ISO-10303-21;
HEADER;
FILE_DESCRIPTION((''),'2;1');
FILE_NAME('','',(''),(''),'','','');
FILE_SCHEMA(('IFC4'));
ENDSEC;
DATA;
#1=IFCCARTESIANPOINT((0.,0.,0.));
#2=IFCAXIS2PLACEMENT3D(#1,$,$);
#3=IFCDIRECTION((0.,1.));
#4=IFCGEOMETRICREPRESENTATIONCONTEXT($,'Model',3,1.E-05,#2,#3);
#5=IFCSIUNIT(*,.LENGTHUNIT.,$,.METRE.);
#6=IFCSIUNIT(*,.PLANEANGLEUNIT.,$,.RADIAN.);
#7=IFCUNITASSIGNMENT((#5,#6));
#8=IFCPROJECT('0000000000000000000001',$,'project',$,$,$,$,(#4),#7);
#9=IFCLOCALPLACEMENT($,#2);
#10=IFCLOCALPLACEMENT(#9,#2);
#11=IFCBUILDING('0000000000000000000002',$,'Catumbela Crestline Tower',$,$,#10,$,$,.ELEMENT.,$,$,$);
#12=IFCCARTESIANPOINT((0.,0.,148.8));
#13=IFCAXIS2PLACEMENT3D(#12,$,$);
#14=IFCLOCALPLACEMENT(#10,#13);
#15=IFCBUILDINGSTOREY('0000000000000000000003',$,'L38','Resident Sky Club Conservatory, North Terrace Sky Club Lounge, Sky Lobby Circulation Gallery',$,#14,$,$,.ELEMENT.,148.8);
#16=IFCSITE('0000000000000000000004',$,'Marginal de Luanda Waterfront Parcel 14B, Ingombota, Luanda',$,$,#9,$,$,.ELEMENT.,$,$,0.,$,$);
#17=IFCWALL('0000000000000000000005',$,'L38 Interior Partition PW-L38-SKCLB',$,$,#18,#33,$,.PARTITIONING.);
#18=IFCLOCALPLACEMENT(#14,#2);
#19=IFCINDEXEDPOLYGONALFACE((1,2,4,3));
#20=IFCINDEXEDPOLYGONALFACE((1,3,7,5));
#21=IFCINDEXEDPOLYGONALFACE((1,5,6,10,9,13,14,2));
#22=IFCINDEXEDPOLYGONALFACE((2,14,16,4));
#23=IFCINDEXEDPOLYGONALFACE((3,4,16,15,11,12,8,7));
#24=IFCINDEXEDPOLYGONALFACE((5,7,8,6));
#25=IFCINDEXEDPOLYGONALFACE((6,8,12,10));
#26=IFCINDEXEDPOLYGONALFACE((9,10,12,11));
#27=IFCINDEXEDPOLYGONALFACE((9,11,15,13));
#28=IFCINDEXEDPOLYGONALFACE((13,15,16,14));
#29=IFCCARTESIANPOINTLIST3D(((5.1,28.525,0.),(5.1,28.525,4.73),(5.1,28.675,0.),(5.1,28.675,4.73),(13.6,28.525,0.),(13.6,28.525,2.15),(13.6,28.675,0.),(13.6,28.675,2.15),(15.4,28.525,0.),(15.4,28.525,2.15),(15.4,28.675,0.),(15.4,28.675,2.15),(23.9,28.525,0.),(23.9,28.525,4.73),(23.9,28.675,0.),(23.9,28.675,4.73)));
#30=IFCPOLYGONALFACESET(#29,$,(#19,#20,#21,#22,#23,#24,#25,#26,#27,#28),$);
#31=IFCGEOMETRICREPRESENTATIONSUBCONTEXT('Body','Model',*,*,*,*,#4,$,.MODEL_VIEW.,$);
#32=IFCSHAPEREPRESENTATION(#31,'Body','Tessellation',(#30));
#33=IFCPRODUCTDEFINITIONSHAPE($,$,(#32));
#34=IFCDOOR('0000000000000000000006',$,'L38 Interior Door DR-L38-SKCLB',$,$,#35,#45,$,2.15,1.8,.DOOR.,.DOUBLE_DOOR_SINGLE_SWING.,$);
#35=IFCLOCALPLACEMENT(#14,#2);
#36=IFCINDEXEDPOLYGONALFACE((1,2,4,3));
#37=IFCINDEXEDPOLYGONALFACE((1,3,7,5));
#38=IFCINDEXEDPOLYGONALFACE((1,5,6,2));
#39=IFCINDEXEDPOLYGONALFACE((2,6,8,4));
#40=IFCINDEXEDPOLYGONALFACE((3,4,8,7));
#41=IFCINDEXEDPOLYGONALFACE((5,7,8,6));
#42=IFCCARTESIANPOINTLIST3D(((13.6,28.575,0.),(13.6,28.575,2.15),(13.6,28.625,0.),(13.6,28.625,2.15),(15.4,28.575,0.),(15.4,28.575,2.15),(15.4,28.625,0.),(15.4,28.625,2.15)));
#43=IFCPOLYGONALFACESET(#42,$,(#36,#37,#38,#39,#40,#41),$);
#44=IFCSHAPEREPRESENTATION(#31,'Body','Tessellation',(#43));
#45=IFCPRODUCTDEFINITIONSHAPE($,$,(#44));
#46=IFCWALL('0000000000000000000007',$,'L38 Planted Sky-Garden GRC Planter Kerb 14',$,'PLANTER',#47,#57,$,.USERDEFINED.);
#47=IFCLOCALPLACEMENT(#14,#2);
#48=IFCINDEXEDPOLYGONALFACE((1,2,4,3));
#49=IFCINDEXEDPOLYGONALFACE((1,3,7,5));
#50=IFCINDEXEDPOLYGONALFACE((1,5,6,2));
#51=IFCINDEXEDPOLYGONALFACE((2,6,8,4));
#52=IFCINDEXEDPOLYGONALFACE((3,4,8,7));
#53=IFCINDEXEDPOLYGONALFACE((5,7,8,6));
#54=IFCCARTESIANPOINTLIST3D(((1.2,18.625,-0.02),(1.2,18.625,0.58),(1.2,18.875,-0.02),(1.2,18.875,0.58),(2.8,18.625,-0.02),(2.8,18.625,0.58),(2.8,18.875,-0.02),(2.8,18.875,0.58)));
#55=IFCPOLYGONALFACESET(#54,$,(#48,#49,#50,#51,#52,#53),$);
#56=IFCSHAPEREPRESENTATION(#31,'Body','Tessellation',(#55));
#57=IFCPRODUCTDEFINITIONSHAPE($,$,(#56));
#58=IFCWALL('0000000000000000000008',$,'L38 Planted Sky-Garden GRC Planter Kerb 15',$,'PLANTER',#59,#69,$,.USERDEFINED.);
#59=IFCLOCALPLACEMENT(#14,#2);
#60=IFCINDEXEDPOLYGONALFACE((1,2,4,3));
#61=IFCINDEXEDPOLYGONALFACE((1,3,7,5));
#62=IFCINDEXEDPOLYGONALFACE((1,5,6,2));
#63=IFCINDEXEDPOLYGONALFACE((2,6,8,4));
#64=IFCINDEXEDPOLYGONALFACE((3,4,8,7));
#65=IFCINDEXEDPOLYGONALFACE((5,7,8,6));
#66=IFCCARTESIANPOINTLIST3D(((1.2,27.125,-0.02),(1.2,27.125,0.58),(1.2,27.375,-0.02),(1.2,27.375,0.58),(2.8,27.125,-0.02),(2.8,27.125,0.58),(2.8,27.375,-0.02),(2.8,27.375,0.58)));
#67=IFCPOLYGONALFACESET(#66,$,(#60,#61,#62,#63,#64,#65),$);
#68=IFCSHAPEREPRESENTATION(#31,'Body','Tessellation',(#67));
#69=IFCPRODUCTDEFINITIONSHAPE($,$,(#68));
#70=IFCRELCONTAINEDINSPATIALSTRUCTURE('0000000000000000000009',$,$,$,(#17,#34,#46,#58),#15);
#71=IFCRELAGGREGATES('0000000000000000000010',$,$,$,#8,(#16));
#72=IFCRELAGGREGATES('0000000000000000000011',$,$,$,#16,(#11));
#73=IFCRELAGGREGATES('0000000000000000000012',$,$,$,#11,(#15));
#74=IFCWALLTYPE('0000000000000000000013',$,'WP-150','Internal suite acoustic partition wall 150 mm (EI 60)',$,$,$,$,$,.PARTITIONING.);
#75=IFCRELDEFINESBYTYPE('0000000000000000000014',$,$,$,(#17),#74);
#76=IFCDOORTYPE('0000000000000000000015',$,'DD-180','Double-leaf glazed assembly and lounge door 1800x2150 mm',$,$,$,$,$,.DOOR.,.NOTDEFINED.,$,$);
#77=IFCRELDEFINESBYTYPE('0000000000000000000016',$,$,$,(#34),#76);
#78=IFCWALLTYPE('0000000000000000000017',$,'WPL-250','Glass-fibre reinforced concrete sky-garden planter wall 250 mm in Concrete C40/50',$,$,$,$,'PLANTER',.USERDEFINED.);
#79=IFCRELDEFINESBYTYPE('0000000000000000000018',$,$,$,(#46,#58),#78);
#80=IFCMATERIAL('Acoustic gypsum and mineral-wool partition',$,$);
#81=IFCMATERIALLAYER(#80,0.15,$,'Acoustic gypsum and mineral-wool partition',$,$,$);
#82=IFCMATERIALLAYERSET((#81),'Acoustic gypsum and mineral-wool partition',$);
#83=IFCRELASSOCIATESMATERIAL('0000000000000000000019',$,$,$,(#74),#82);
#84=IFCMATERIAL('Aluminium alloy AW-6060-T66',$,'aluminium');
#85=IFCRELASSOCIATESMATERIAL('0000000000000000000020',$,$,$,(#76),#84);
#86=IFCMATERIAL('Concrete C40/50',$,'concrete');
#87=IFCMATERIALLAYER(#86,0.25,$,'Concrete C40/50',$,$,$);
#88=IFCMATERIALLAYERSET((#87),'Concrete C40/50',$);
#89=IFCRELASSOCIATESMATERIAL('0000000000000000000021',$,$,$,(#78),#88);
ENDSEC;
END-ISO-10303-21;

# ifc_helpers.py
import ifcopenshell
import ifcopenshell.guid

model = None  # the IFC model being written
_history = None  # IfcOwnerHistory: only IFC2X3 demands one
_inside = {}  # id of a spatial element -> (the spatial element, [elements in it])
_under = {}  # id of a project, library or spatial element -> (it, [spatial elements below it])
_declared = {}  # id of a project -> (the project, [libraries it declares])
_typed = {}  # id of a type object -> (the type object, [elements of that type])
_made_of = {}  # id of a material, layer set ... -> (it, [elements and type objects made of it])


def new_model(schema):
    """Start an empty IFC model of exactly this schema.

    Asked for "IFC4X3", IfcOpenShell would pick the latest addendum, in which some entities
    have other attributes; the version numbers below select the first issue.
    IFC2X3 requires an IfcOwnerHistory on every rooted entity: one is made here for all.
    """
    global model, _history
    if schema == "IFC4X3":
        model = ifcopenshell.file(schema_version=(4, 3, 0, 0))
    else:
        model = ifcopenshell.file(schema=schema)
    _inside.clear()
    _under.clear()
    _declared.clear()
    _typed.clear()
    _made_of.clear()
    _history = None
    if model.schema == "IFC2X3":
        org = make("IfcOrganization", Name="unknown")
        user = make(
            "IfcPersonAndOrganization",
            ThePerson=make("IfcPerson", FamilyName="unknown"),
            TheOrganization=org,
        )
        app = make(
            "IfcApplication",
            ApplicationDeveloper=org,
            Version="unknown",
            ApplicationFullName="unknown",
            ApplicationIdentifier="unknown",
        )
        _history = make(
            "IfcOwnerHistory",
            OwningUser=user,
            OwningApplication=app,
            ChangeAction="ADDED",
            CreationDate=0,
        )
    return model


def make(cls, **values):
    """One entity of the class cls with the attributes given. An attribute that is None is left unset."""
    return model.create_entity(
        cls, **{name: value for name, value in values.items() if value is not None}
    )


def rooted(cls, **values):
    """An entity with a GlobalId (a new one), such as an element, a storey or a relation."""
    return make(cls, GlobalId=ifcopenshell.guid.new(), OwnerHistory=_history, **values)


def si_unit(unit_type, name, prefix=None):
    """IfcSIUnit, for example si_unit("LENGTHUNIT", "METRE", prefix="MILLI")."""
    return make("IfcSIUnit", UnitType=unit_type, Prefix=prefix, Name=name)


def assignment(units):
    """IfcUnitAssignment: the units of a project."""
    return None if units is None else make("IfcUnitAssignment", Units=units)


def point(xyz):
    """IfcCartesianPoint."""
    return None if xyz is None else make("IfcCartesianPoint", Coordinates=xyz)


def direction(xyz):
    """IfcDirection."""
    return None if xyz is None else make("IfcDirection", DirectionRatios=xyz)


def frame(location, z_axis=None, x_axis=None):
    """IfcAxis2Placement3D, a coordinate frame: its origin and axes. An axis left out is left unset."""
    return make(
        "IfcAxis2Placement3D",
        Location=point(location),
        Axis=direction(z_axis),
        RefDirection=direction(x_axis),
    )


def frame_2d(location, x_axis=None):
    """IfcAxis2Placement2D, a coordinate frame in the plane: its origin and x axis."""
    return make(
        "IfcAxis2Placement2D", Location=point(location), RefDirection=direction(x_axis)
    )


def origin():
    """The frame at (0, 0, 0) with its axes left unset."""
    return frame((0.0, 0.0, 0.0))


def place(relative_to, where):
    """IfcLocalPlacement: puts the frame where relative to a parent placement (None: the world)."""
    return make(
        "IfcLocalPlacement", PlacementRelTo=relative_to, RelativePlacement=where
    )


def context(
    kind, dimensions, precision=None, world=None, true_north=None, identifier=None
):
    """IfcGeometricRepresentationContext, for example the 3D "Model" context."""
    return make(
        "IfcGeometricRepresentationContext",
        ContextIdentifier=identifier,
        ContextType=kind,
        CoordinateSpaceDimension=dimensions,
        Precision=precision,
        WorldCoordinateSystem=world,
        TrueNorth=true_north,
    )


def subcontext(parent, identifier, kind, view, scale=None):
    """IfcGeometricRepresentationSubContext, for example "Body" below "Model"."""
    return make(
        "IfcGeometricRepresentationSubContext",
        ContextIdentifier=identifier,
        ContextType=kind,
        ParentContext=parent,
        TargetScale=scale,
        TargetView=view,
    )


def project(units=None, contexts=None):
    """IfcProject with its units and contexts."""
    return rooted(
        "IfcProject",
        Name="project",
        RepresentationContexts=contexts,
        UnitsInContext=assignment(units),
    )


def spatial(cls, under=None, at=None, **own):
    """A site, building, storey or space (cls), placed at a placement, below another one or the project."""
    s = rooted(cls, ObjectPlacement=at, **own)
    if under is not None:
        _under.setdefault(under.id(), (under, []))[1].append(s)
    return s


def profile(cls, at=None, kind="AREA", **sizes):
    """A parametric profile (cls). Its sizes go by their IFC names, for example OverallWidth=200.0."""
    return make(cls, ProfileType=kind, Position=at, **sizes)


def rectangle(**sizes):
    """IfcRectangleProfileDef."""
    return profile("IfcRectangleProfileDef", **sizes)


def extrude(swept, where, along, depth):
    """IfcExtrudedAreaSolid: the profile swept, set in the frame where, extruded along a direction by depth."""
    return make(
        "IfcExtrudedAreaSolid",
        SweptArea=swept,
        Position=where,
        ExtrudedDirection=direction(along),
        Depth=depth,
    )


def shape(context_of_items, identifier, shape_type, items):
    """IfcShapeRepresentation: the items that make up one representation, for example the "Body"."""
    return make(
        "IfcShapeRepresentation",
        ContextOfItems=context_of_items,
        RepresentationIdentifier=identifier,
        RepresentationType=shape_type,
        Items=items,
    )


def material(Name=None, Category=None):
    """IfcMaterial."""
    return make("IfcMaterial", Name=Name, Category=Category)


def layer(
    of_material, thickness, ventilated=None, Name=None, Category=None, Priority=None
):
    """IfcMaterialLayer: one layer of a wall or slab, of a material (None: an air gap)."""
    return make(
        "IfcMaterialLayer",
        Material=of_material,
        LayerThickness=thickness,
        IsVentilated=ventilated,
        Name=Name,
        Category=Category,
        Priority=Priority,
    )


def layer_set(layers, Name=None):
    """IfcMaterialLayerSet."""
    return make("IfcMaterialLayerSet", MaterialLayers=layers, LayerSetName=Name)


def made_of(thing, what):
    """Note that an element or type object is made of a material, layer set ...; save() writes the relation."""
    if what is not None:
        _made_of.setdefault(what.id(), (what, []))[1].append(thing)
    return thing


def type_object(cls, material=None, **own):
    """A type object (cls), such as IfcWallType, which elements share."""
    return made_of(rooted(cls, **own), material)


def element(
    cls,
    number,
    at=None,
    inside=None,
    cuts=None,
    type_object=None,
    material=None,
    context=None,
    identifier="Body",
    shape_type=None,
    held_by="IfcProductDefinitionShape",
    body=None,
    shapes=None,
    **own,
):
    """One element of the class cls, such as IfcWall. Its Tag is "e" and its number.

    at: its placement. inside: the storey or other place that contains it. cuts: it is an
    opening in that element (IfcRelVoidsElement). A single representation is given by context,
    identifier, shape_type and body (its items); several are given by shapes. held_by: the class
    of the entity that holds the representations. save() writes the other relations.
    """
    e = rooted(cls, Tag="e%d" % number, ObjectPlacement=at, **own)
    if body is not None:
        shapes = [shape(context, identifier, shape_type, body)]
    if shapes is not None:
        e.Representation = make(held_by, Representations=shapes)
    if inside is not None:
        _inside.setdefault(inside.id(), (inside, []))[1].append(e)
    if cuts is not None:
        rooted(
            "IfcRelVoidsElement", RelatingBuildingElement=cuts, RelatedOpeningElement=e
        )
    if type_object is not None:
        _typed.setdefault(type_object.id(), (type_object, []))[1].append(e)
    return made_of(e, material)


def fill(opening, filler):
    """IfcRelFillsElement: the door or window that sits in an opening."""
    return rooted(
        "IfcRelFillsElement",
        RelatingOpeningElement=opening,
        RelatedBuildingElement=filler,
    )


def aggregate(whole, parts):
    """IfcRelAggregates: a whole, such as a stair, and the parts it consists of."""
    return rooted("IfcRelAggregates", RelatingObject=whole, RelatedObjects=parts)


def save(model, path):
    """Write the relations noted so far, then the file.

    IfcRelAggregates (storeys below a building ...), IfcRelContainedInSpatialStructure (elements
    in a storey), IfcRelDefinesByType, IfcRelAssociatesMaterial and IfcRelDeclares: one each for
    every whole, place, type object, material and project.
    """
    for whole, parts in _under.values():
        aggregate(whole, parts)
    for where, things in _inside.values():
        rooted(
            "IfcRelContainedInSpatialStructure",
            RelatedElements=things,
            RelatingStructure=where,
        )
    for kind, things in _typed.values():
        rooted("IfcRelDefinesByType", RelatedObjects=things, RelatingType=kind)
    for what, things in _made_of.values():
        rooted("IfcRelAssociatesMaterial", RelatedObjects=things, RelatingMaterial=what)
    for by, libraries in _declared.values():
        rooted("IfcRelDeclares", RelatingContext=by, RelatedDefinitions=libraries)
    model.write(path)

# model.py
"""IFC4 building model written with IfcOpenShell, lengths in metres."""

from ifc_helpers import new_model, si_unit, direction, frame, frame_2d, origin, place, context, subcontext, project, spatial, rectangle, extrude, material, layer, layer_set, type_object, element, fill, save


model = new_model("IFC4")

# Units and contexts
model_context = context("Model", 3, precision=1e-05, world=origin(), true_north=direction((0.0, 1.0)))
body_context = subcontext(model_context, "Body", "Model", "MODEL_VIEW")
ifc_project = project(units=[si_unit("LENGTHUNIT", "METRE"), si_unit("PLANEANGLEUNIT", "RADIAN")], contexts=[model_context])

# Site, building, storey
site_placement = place(None, origin())
site = spatial("IfcSite", under=ifc_project, at=site_placement, Name="Marginal de Luanda Waterfront Parcel 14B, Ingombota, Luanda", CompositionType="ELEMENT", RefElevation=0.0)
building_placement = place(site_placement, origin())
building = spatial("IfcBuilding", under=site, at=building_placement, Name="Catumbela Crestline Tower", CompositionType="ELEMENT")
storey_placement = place(building_placement, frame((0.0, 0.0, 148.8)))
storey = spatial("IfcBuildingStorey", under=building, at=storey_placement, Name="L38", Description="Resident Sky Club Conservatory, North Terrace Sky Club Lounge, Sky Lobby Circulation Gallery", CompositionType="ELEMENT", Elevation=148.8)

# Shared definitions
ifc_material_1 = material(Name="Aluminium alloy AW-6060-T66", Category="aluminium")

# Wall, opening, door
ifc_material_2 = material(Name="Acoustic gypsum and mineral-wool partition")
ifc_layer_1 = layer(ifc_material_2, 0.15, Name="Acoustic gypsum and mineral-wool partition")
ifc_layer_set_1 = layer_set([ifc_layer_1], Name="Acoustic gypsum and mineral-wool partition")
wall_type_1 = type_object("IfcWallType", Name="WP-150", Description="Internal suite acoustic partition wall 150 mm (EI 60)", PredefinedType="PARTITIONING", material=ifc_layer_set_1)
wall_1_placement = place(storey_placement, frame((5.1, 28.6, 0.0), z_axis=(0.0, 0.0, 1.0), x_axis=(1.0, 0.0, 0.0)))
wall_1 = element("IfcWall", 1, at=wall_1_placement, inside=storey, type_object=wall_type_1, Name="L38 Interior Partition PW-L38-SKCLB", PredefinedType="PARTITIONING", context=body_context, shape_type="SweptSolid", body=[
    extrude(rectangle(XDim=18.8, YDim=0.15, at=frame_2d((9.4, 0.0))), origin(), (0.0, 0.0, 1.0), 4.73),
])
opening_1_placement = place(wall_1_placement, frame((8.5, 0.0, 0.0)))
opening_1 = element("IfcOpeningElement", 2, at=opening_1_placement, cuts=wall_1, PredefinedType="OPENING", context=body_context, shape_type="SweptSolid", body=[
    extrude(rectangle(XDim=1.8, YDim=2.15, at=frame_2d((0.9, 1.075))), frame((0.0, 0.085, 0.0), z_axis=(0.0, -1.0, 0.0), x_axis=(1.0, 0.0, 0.0)), (0.0, 0.0, 1.0), 0.17),
])
door_type_1 = type_object("IfcDoorType", Name="DD-180", Description="Double-leaf glazed assembly and lounge door 1800x2150 mm", OperationType="NOTDEFINED", PredefinedType="DOOR", material=ifc_material_1)
door_1_placement = place(opening_1_placement, origin())
door_1 = element("IfcDoor", 3, at=door_1_placement, inside=storey, type_object=door_type_1, Name="L38 Interior Door DR-L38-SKCLB", OperationType="DOUBLE_DOOR_SINGLE_SWING", OverallHeight=2.15, OverallWidth=1.8, PredefinedType="DOOR", context=body_context, shape_type="SweptSolid", body=[
    extrude(rectangle(XDim=1.8, YDim=2.15, at=frame_2d((0.9, 1.075))), frame((0.0, 0.025, 0.0), z_axis=(0.0, -1.0, 0.0), x_axis=(1.0, 0.0, 0.0)), (0.0, 0.0, 1.0), 0.05),
])
fill(opening_1, door_1)

# Walls
ifc_material_3 = material(Name="Concrete C40/50", Category="concrete")
ifc_layer_2 = layer(ifc_material_3, 0.25, Name="Concrete C40/50")
ifc_layer_set_2 = layer_set([ifc_layer_2], Name="Concrete C40/50")
wall_type_2 = type_object("IfcWallType", Name="WPL-250", Description="Glass-fibre reinforced concrete sky-garden planter wall 250 mm in Concrete C40/50", ElementType="PLANTER", PredefinedType="USERDEFINED", material=ifc_layer_set_2)
for number, where, z_axis, x_axis, name in (
    (4, (1.2, 18.75, -0.02), (0.0, 0.0, 1.0), (1.0, 0.0, 0.0), "L38 Planted Sky-Garden GRC Planter Kerb 14"),
    (5, (1.2, 27.25, -0.02), (0.0, 0.0, 1.0), (1.0, 0.0, 0.0), "L38 Planted Sky-Garden GRC Planter Kerb 15"),
):
    element("IfcWall", number, at=place(storey_placement, frame(where, z_axis=z_axis, x_axis=x_axis)), inside=storey, type_object=wall_type_2, Name=name, ObjectType="PLANTER", PredefinedType="USERDEFINED", context=body_context, shape_type="SweptSolid", body=[
        extrude(rectangle(XDim=1.6, YDim=0.25, at=frame_2d((0.8, 0.0))), origin(), (0.0, 0.0, 1.0), 0.6),
    ])

save(model, "model.ifc")
